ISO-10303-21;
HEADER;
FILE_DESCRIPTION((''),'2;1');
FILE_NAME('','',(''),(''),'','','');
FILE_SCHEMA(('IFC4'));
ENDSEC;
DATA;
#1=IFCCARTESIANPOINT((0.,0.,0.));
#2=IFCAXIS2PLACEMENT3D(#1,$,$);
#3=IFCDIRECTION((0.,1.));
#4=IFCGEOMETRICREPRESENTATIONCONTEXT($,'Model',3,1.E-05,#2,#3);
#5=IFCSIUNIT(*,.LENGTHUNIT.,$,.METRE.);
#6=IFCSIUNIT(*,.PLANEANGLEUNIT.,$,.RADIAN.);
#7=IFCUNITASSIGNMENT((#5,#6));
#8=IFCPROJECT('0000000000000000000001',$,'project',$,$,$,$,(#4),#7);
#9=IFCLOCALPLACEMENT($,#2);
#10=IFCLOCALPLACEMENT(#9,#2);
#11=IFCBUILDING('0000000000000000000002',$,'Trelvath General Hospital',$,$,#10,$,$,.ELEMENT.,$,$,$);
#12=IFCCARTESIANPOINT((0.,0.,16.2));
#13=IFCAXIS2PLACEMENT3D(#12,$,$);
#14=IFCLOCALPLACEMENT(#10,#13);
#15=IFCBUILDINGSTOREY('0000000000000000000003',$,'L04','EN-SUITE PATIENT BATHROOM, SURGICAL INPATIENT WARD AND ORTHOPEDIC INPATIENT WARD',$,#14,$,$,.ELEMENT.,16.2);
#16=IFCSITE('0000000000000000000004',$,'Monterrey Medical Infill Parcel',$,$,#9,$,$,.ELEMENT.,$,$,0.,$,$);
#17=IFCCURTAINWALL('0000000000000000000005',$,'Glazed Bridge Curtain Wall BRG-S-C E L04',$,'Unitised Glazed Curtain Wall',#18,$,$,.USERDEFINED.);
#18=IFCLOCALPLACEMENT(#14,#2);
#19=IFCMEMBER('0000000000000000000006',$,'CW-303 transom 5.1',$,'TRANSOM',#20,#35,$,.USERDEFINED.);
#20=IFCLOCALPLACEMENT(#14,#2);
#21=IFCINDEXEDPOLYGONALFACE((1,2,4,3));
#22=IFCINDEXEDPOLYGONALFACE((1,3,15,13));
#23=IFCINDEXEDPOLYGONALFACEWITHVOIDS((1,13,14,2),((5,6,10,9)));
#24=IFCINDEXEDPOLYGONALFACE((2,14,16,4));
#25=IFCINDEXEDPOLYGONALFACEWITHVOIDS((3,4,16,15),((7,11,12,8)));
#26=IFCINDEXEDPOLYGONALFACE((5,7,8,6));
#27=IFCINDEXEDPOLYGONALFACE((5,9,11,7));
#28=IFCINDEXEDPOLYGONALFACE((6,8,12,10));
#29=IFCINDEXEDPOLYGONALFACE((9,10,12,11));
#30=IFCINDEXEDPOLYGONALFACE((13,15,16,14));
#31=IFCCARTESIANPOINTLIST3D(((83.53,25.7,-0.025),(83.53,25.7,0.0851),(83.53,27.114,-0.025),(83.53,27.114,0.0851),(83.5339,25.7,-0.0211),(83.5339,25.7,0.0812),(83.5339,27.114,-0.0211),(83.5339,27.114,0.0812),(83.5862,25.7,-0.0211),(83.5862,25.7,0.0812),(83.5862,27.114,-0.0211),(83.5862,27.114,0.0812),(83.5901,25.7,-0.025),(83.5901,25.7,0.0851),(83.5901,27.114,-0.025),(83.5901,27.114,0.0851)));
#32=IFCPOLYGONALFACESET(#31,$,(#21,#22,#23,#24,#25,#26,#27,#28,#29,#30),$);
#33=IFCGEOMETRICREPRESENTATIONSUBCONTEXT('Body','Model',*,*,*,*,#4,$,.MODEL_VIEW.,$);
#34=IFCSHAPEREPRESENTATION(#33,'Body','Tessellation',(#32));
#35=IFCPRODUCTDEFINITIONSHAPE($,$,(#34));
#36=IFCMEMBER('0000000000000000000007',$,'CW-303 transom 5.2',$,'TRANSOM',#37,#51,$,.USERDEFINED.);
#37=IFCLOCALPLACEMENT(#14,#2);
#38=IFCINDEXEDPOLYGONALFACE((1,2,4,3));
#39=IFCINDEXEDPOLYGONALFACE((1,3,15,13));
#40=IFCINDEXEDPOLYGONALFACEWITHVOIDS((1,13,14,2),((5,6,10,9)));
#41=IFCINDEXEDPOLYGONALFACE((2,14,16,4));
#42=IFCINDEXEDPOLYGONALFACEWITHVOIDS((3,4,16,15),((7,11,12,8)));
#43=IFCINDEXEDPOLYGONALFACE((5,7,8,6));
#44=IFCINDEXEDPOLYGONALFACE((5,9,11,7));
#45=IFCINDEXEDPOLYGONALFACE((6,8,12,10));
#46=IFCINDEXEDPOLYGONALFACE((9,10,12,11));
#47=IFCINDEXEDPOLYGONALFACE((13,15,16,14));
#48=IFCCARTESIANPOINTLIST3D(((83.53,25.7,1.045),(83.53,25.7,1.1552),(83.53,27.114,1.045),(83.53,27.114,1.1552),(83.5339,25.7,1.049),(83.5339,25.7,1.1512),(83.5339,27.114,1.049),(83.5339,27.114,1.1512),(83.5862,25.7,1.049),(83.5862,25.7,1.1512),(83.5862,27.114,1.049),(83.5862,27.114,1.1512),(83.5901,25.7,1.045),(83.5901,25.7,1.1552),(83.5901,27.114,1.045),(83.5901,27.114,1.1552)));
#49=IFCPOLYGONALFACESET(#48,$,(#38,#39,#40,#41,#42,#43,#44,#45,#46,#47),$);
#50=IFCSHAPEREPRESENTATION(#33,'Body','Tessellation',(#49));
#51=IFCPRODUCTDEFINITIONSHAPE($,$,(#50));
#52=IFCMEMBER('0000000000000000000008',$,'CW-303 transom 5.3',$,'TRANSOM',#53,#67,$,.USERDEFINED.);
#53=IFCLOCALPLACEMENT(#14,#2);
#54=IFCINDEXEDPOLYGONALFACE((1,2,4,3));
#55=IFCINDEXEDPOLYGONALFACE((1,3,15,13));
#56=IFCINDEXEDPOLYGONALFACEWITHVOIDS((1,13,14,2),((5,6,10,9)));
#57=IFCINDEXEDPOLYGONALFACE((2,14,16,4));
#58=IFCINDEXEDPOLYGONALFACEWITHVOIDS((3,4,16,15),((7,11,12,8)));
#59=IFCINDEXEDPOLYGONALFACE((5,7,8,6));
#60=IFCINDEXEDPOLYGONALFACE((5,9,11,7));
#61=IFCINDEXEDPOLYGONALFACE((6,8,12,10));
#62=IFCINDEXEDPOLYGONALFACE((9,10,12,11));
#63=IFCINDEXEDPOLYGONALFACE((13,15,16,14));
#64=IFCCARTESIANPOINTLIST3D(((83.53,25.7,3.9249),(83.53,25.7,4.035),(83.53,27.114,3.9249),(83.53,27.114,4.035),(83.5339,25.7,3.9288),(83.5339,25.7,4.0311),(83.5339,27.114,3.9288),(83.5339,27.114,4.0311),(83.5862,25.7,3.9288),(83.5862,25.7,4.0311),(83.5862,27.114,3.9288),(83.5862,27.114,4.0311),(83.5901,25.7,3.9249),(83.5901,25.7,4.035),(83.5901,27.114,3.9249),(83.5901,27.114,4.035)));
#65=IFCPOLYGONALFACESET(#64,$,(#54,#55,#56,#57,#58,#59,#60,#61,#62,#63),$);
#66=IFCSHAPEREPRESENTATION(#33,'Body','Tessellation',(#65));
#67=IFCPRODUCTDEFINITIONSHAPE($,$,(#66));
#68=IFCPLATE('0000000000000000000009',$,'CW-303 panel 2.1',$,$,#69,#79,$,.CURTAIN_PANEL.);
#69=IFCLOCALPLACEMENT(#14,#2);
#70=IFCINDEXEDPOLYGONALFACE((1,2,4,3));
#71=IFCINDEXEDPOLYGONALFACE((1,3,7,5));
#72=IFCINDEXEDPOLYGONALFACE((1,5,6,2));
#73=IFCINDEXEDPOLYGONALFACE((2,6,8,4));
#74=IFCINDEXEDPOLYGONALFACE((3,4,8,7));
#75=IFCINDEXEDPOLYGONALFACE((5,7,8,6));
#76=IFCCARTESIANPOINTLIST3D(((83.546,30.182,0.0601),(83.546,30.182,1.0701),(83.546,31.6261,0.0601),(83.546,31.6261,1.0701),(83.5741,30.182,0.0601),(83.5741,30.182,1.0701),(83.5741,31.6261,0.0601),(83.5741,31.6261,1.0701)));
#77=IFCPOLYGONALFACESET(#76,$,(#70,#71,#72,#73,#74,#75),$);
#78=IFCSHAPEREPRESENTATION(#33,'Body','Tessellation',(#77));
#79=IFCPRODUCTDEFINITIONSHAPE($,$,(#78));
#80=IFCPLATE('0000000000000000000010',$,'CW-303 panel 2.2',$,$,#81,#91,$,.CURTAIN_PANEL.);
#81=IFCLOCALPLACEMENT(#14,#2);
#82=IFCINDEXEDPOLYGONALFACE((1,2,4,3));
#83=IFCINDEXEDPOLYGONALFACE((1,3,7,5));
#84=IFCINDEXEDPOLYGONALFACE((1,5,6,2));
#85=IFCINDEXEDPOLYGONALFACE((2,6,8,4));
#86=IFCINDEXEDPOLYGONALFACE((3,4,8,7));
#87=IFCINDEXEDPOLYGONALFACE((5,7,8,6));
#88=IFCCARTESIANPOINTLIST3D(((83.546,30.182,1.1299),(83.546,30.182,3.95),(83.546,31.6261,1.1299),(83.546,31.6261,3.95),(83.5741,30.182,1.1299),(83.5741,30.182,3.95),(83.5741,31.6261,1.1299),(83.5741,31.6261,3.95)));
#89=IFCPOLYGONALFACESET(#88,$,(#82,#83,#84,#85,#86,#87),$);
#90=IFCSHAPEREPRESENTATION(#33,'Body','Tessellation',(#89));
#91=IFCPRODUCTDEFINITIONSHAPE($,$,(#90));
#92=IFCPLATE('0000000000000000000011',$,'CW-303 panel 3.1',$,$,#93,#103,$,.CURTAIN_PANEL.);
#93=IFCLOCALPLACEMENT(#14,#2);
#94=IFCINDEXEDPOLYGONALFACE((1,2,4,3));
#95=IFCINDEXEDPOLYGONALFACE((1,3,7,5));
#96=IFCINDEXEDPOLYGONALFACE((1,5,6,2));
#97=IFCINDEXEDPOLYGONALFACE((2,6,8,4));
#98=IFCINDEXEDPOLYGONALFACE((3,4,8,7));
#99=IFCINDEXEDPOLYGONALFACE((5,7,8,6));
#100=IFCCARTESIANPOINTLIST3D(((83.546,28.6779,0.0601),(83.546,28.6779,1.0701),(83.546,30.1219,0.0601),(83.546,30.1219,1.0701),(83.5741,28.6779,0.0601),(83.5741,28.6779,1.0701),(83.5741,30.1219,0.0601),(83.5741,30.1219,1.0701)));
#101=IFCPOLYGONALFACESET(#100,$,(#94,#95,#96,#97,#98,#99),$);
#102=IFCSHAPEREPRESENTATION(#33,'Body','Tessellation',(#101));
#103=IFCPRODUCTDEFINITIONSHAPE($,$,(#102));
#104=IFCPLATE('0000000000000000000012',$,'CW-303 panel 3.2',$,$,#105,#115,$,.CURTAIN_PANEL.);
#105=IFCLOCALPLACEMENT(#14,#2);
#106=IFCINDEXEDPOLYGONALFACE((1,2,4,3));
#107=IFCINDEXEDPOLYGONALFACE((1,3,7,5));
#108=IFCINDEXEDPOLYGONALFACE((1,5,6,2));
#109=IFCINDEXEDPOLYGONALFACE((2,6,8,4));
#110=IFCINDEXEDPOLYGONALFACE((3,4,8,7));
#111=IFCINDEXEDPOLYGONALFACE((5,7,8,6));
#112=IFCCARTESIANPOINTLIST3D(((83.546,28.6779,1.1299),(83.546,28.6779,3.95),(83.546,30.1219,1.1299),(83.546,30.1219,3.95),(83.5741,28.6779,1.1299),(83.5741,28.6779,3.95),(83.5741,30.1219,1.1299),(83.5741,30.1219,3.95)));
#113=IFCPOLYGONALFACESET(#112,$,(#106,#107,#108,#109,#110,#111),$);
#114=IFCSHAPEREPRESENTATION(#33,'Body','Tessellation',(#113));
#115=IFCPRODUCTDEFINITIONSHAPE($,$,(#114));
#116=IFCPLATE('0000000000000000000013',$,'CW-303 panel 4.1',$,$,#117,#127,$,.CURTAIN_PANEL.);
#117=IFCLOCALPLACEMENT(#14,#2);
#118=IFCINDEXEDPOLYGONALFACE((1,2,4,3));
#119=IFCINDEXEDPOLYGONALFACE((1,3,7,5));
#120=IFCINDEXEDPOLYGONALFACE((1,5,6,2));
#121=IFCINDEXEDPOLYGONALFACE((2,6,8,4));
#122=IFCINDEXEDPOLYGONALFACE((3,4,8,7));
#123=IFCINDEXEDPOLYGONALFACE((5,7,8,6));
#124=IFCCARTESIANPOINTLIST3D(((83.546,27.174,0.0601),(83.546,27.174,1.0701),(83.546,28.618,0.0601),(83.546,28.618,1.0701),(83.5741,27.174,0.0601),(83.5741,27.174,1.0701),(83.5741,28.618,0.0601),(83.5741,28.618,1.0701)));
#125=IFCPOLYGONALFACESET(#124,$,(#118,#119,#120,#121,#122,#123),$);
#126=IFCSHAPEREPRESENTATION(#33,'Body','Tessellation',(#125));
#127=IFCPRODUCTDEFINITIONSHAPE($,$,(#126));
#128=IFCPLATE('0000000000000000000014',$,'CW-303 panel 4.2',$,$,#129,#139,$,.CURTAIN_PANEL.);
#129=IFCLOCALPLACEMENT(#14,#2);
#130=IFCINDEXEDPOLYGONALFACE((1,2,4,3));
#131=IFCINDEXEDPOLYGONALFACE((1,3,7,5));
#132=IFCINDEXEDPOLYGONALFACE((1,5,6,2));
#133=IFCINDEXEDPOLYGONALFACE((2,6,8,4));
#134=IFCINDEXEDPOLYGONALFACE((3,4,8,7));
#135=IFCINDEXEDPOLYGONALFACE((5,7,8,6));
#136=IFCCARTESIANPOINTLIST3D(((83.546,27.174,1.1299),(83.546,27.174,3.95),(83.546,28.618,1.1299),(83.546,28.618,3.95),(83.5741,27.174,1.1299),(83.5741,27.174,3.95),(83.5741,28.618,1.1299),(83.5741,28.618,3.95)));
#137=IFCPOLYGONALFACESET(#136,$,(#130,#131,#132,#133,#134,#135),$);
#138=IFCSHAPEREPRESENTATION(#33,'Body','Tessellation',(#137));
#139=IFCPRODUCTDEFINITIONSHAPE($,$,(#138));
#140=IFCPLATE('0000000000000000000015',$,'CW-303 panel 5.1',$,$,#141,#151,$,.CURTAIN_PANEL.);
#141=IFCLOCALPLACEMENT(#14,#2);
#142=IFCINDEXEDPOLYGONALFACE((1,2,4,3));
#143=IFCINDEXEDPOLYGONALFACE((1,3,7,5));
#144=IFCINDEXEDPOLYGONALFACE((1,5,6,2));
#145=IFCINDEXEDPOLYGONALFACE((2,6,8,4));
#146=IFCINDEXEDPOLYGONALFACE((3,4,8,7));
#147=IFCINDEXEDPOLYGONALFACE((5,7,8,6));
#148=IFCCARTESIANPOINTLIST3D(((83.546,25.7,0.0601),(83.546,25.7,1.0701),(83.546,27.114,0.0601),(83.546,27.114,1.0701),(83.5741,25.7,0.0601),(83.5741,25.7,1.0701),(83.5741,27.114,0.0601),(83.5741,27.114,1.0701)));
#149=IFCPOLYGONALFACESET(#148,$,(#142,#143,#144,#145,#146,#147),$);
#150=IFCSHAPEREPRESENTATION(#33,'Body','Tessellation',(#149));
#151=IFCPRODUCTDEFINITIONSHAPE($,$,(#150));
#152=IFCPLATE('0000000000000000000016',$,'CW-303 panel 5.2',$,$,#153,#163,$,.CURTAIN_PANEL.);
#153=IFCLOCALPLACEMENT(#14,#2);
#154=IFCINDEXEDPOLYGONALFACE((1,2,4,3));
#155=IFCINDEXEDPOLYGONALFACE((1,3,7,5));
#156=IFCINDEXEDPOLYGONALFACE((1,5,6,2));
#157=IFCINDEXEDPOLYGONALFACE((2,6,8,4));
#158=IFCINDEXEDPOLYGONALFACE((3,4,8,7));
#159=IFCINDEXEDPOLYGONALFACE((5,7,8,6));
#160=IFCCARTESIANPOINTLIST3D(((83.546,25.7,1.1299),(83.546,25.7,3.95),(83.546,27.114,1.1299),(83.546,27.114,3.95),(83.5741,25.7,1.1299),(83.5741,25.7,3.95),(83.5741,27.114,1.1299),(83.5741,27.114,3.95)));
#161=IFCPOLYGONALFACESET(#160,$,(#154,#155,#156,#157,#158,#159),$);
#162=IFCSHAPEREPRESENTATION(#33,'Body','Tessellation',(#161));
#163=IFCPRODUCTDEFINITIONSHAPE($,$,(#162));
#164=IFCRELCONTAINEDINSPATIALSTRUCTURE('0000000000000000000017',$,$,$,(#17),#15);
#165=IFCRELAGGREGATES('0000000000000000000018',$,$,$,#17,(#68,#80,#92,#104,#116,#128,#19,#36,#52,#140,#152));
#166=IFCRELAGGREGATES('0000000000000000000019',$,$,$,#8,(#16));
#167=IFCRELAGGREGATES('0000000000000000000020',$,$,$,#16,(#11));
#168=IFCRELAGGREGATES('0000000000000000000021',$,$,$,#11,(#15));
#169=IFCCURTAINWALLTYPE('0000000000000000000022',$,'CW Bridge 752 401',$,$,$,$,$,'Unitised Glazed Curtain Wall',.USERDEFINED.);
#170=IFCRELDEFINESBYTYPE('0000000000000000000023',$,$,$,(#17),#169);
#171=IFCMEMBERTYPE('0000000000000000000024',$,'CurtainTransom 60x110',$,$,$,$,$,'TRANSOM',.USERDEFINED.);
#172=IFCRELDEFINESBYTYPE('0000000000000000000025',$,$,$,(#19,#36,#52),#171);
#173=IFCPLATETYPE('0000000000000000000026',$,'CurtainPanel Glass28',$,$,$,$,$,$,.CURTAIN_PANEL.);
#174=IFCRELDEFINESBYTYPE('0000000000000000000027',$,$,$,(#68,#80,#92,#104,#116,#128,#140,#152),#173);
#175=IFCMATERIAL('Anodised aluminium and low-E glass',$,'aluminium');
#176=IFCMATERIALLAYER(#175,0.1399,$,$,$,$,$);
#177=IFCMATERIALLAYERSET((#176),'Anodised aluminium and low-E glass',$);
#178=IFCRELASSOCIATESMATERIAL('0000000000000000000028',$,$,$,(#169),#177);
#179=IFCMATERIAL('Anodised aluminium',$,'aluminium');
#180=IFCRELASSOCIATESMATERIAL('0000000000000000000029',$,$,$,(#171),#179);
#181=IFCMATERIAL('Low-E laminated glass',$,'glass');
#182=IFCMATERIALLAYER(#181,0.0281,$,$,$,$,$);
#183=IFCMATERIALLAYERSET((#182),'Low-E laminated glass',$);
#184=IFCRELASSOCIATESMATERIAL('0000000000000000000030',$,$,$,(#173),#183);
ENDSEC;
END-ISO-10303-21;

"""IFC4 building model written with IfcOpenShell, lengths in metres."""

from ifc_helpers import new_model, si_unit, direction, frame, origin, origin_2d, place, context, subcontext, project, spatial, rectangle, hollow_rectangle, extrude, material, layer, layer_set, material_profile, profile_set, type_object, element, aggregate, save


model = new_model("IFC4")

# Units and contexts
model_context = context("Model", 3, precision=1e-05, world=origin(), true_north=direction((0.0, 1.0)))
body_context = subcontext(model_context, "Body", "Model", "MODEL_VIEW")
ifc_project = project(units=[si_unit("LENGTHUNIT", "METRE"), si_unit("PLANEANGLEUNIT", "RADIAN")], contexts=[model_context])

# Site, building, storey
site_placement = place(None, origin())
site = spatial("IfcSite", under=ifc_project, at=site_placement, Name="Monterrey Medical Infill Parcel", CompositionType="ELEMENT", RefElevation=0.0)
building_placement = place(site_placement, origin())
building = spatial("IfcBuilding", under=site, at=building_placement, Name="Trelvath General Hospital", CompositionType="ELEMENT")
storey_placement = place(building_placement, frame((0.0, 0.0, 16.2)))
storey = spatial("IfcBuildingStorey", under=building, at=storey_placement, Name="L04", Description="EN-SUITE PATIENT BATHROOM, SURGICAL INPATIENT WARD AND ORTHOPEDIC INPATIENT WARD", CompositionType="ELEMENT", Elevation=16.2)

# Curtain wall, members, plates
ifc_material_1 = material(Name="Anodised aluminium and low-E glass", Category="aluminium")
ifc_layer_1 = layer(ifc_material_1, 0.1399)
ifc_layer_set_1 = layer_set([ifc_layer_1], Name="Anodised aluminium and low-E glass")
curtain_wall_type = type_object("IfcCurtainWallType", Name="CW Bridge 752 401", ElementType="Unitised Glazed Curtain Wall", PredefinedType="USERDEFINED", material=ifc_layer_set_1)
curtain_wall_placement = place(storey_placement, origin())
curtain_wall = element("IfcCurtainWall", 1, at=curtain_wall_placement, inside=storey, type_object=curtain_wall_type, Name="Glazed Bridge Curtain Wall BRG-S-C E L04", ObjectType="Unitised Glazed Curtain Wall", PredefinedType="USERDEFINED")
ifc_material_2 = material(Name="Anodised aluminium", Category="aluminium")
ifc_material_profile_1 = material_profile(ifc_material_2, hollow_rectangle(XDim=0.0601, YDim=0.1101, WallThickness=0.0039, at=origin_2d()), Name="RHS60x110x4")
ifc_profile_set_1 = profile_set([ifc_material_profile_1], Name="Anodised aluminium")
member_type_1 = type_object("IfcMemberType", Name="CurtainTransom 60x110", ElementType="TRANSOM", PredefinedType="USERDEFINED", material=ifc_profile_set_1)
member_1_placement = place(storey_placement, frame((83.5601, 27.114, 0.03), z_axis=(0.0, -1.0, 0.0), x_axis=(1.0, 0.0, 0.0)))
member_1 = element("IfcMember", 2, at=member_1_placement, type_object=member_type_1, Name="CW-303 transom 5.1", ObjectType="TRANSOM", PredefinedType="USERDEFINED", context=body_context, shape_type="SweptSolid", body=[
    extrude(hollow_rectangle(XDim=0.0601, YDim=0.1101, WallThickness=0.0039, at=origin_2d()), origin(), (0.0, 0.0, 1.0), 1.4141),
])
member_2_placement = place(storey_placement, frame((83.5601, 27.114, 1.1001), z_axis=(0.0, -1.0, 0.0), x_axis=(1.0, 0.0, 0.0)))
member_2 = element("IfcMember", 3, at=member_2_placement, type_object=member_type_1, Name="CW-303 transom 5.2", ObjectType="TRANSOM", PredefinedType="USERDEFINED", context=body_context, shape_type="SweptSolid", body=[
    extrude(hollow_rectangle(XDim=0.0601, YDim=0.1101, WallThickness=0.0039, at=origin_2d()), origin(), (0.0, 0.0, 1.0), 1.4141),
])
member_3_placement = place(storey_placement, frame((83.5601, 27.114, 3.98), z_axis=(0.0, -1.0, 0.0), x_axis=(1.0, 0.0, 0.0)))
member_3 = element("IfcMember", 4, at=member_3_placement, type_object=member_type_1, Name="CW-303 transom 5.3", ObjectType="TRANSOM", PredefinedType="USERDEFINED", context=body_context, shape_type="SweptSolid", body=[
    extrude(hollow_rectangle(XDim=0.0601, YDim=0.1101, WallThickness=0.0039, at=origin_2d()), origin(), (0.0, 0.0, 1.0), 1.4141),
])
ifc_material_3 = material(Name="Low-E laminated glass", Category="glass")
ifc_layer_2 = layer(ifc_material_3, 0.0281)
ifc_layer_set_2 = layer_set([ifc_layer_2], Name="Low-E laminated glass")
plate_type = type_object("IfcPlateType", Name="CurtainPanel Glass28", PredefinedType="CURTAIN_PANEL", material=ifc_layer_set_2)
plate_1_placement = place(storey_placement, frame((83.5601, 30.9041, 0.0601), z_axis=(0.0, 0.0, 1.0), x_axis=(0.0, -1.0, 0.0)))
plate_1 = element("IfcPlate", 5, at=plate_1_placement, type_object=plate_type, Name="CW-303 panel 2.1", PredefinedType="CURTAIN_PANEL", context=body_context, shape_type="SweptSolid", body=[
    extrude(rectangle(XDim=1.4441, YDim=0.0281, at=origin_2d()), origin(), (0.0, 0.0, 1.0), 1.01),
])
plate_2_placement = place(storey_placement, frame((83.5601, 30.9041, 1.1299), z_axis=(0.0, 0.0, 1.0), x_axis=(0.0, -1.0, 0.0)))
plate_2 = element("IfcPlate", 6, at=plate_2_placement, type_object=plate_type, Name="CW-303 panel 2.2", PredefinedType="CURTAIN_PANEL", context=body_context, shape_type="SweptSolid", body=[
    extrude(rectangle(XDim=1.4441, YDim=0.0281, at=origin_2d()), origin(), (0.0, 0.0, 1.0), 2.8201),
])
plate_3_placement = place(storey_placement, frame((83.5601, 29.3999, 0.0601), z_axis=(0.0, 0.0, 1.0), x_axis=(0.0, -1.0, 0.0)))
plate_3 = element("IfcPlate", 7, at=plate_3_placement, type_object=plate_type, Name="CW-303 panel 3.1", PredefinedType="CURTAIN_PANEL", context=body_context, shape_type="SweptSolid", body=[
    extrude(rectangle(XDim=1.4441, YDim=0.0281, at=origin_2d()), origin(), (0.0, 0.0, 1.0), 1.01),
])
plate_4_placement = place(storey_placement, frame((83.5601, 29.3999, 1.1299), z_axis=(0.0, 0.0, 1.0), x_axis=(0.0, -1.0, 0.0)))
plate_4 = element("IfcPlate", 8, at=plate_4_placement, type_object=plate_type, Name="CW-303 panel 3.2", PredefinedType="CURTAIN_PANEL", context=body_context, shape_type="SweptSolid", body=[
    extrude(rectangle(XDim=1.4441, YDim=0.0281, at=origin_2d()), origin(), (0.0, 0.0, 1.0), 2.8201),
])
plate_5_placement = place(storey_placement, frame((83.5601, 27.896, 0.0601), z_axis=(0.0, 0.0, 1.0), x_axis=(0.0, -1.0, 0.0)))
plate_5 = element("IfcPlate", 9, at=plate_5_placement, type_object=plate_type, Name="CW-303 panel 4.1", PredefinedType="CURTAIN_PANEL", context=body_context, shape_type="SweptSolid", body=[
    extrude(rectangle(XDim=1.4441, YDim=0.0281, at=origin_2d()), origin(), (0.0, 0.0, 1.0), 1.01),
])
plate_6_placement = place(storey_placement, frame((83.5601, 27.896, 1.1299), z_axis=(0.0, 0.0, 1.0), x_axis=(0.0, -1.0, 0.0)))
plate_6 = element("IfcPlate", 10, at=plate_6_placement, type_object=plate_type, Name="CW-303 panel 4.2", PredefinedType="CURTAIN_PANEL", context=body_context, shape_type="SweptSolid", body=[
    extrude(rectangle(XDim=1.4441, YDim=0.0281, at=origin_2d()), origin(), (0.0, 0.0, 1.0), 2.8201),
])
plate_7_placement = place(storey_placement, frame((83.5601, 26.407, 0.0601), z_axis=(0.0, 0.0, 1.0), x_axis=(0.0, -1.0, 0.0)))
plate_7 = element("IfcPlate", 11, at=plate_7_placement, type_object=plate_type, Name="CW-303 panel 5.1", PredefinedType="CURTAIN_PANEL", context=body_context, shape_type="SweptSolid", body=[
    extrude(rectangle(XDim=1.4141, YDim=0.0281, at=origin_2d()), origin(), (0.0, 0.0, 1.0), 1.01),
])
plate_8_placement = place(storey_placement, frame((83.5601, 26.407, 1.1299), z_axis=(0.0, 0.0, 1.0), x_axis=(0.0, -1.0, 0.0)))
plate_8 = element("IfcPlate", 12, at=plate_8_placement, type_object=plate_type, Name="CW-303 panel 5.2", PredefinedType="CURTAIN_PANEL", context=body_context, shape_type="SweptSolid", body=[
    extrude(rectangle(XDim=1.4141, YDim=0.0281, at=origin_2d()), origin(), (0.0, 0.0, 1.0), 2.8201),
])
aggregate(curtain_wall, [plate_1, plate_2, plate_3, plate_4, plate_5, plate_6, member_1, member_2, member_3, plate_7, plate_8])

save(model, "model.ifc")
